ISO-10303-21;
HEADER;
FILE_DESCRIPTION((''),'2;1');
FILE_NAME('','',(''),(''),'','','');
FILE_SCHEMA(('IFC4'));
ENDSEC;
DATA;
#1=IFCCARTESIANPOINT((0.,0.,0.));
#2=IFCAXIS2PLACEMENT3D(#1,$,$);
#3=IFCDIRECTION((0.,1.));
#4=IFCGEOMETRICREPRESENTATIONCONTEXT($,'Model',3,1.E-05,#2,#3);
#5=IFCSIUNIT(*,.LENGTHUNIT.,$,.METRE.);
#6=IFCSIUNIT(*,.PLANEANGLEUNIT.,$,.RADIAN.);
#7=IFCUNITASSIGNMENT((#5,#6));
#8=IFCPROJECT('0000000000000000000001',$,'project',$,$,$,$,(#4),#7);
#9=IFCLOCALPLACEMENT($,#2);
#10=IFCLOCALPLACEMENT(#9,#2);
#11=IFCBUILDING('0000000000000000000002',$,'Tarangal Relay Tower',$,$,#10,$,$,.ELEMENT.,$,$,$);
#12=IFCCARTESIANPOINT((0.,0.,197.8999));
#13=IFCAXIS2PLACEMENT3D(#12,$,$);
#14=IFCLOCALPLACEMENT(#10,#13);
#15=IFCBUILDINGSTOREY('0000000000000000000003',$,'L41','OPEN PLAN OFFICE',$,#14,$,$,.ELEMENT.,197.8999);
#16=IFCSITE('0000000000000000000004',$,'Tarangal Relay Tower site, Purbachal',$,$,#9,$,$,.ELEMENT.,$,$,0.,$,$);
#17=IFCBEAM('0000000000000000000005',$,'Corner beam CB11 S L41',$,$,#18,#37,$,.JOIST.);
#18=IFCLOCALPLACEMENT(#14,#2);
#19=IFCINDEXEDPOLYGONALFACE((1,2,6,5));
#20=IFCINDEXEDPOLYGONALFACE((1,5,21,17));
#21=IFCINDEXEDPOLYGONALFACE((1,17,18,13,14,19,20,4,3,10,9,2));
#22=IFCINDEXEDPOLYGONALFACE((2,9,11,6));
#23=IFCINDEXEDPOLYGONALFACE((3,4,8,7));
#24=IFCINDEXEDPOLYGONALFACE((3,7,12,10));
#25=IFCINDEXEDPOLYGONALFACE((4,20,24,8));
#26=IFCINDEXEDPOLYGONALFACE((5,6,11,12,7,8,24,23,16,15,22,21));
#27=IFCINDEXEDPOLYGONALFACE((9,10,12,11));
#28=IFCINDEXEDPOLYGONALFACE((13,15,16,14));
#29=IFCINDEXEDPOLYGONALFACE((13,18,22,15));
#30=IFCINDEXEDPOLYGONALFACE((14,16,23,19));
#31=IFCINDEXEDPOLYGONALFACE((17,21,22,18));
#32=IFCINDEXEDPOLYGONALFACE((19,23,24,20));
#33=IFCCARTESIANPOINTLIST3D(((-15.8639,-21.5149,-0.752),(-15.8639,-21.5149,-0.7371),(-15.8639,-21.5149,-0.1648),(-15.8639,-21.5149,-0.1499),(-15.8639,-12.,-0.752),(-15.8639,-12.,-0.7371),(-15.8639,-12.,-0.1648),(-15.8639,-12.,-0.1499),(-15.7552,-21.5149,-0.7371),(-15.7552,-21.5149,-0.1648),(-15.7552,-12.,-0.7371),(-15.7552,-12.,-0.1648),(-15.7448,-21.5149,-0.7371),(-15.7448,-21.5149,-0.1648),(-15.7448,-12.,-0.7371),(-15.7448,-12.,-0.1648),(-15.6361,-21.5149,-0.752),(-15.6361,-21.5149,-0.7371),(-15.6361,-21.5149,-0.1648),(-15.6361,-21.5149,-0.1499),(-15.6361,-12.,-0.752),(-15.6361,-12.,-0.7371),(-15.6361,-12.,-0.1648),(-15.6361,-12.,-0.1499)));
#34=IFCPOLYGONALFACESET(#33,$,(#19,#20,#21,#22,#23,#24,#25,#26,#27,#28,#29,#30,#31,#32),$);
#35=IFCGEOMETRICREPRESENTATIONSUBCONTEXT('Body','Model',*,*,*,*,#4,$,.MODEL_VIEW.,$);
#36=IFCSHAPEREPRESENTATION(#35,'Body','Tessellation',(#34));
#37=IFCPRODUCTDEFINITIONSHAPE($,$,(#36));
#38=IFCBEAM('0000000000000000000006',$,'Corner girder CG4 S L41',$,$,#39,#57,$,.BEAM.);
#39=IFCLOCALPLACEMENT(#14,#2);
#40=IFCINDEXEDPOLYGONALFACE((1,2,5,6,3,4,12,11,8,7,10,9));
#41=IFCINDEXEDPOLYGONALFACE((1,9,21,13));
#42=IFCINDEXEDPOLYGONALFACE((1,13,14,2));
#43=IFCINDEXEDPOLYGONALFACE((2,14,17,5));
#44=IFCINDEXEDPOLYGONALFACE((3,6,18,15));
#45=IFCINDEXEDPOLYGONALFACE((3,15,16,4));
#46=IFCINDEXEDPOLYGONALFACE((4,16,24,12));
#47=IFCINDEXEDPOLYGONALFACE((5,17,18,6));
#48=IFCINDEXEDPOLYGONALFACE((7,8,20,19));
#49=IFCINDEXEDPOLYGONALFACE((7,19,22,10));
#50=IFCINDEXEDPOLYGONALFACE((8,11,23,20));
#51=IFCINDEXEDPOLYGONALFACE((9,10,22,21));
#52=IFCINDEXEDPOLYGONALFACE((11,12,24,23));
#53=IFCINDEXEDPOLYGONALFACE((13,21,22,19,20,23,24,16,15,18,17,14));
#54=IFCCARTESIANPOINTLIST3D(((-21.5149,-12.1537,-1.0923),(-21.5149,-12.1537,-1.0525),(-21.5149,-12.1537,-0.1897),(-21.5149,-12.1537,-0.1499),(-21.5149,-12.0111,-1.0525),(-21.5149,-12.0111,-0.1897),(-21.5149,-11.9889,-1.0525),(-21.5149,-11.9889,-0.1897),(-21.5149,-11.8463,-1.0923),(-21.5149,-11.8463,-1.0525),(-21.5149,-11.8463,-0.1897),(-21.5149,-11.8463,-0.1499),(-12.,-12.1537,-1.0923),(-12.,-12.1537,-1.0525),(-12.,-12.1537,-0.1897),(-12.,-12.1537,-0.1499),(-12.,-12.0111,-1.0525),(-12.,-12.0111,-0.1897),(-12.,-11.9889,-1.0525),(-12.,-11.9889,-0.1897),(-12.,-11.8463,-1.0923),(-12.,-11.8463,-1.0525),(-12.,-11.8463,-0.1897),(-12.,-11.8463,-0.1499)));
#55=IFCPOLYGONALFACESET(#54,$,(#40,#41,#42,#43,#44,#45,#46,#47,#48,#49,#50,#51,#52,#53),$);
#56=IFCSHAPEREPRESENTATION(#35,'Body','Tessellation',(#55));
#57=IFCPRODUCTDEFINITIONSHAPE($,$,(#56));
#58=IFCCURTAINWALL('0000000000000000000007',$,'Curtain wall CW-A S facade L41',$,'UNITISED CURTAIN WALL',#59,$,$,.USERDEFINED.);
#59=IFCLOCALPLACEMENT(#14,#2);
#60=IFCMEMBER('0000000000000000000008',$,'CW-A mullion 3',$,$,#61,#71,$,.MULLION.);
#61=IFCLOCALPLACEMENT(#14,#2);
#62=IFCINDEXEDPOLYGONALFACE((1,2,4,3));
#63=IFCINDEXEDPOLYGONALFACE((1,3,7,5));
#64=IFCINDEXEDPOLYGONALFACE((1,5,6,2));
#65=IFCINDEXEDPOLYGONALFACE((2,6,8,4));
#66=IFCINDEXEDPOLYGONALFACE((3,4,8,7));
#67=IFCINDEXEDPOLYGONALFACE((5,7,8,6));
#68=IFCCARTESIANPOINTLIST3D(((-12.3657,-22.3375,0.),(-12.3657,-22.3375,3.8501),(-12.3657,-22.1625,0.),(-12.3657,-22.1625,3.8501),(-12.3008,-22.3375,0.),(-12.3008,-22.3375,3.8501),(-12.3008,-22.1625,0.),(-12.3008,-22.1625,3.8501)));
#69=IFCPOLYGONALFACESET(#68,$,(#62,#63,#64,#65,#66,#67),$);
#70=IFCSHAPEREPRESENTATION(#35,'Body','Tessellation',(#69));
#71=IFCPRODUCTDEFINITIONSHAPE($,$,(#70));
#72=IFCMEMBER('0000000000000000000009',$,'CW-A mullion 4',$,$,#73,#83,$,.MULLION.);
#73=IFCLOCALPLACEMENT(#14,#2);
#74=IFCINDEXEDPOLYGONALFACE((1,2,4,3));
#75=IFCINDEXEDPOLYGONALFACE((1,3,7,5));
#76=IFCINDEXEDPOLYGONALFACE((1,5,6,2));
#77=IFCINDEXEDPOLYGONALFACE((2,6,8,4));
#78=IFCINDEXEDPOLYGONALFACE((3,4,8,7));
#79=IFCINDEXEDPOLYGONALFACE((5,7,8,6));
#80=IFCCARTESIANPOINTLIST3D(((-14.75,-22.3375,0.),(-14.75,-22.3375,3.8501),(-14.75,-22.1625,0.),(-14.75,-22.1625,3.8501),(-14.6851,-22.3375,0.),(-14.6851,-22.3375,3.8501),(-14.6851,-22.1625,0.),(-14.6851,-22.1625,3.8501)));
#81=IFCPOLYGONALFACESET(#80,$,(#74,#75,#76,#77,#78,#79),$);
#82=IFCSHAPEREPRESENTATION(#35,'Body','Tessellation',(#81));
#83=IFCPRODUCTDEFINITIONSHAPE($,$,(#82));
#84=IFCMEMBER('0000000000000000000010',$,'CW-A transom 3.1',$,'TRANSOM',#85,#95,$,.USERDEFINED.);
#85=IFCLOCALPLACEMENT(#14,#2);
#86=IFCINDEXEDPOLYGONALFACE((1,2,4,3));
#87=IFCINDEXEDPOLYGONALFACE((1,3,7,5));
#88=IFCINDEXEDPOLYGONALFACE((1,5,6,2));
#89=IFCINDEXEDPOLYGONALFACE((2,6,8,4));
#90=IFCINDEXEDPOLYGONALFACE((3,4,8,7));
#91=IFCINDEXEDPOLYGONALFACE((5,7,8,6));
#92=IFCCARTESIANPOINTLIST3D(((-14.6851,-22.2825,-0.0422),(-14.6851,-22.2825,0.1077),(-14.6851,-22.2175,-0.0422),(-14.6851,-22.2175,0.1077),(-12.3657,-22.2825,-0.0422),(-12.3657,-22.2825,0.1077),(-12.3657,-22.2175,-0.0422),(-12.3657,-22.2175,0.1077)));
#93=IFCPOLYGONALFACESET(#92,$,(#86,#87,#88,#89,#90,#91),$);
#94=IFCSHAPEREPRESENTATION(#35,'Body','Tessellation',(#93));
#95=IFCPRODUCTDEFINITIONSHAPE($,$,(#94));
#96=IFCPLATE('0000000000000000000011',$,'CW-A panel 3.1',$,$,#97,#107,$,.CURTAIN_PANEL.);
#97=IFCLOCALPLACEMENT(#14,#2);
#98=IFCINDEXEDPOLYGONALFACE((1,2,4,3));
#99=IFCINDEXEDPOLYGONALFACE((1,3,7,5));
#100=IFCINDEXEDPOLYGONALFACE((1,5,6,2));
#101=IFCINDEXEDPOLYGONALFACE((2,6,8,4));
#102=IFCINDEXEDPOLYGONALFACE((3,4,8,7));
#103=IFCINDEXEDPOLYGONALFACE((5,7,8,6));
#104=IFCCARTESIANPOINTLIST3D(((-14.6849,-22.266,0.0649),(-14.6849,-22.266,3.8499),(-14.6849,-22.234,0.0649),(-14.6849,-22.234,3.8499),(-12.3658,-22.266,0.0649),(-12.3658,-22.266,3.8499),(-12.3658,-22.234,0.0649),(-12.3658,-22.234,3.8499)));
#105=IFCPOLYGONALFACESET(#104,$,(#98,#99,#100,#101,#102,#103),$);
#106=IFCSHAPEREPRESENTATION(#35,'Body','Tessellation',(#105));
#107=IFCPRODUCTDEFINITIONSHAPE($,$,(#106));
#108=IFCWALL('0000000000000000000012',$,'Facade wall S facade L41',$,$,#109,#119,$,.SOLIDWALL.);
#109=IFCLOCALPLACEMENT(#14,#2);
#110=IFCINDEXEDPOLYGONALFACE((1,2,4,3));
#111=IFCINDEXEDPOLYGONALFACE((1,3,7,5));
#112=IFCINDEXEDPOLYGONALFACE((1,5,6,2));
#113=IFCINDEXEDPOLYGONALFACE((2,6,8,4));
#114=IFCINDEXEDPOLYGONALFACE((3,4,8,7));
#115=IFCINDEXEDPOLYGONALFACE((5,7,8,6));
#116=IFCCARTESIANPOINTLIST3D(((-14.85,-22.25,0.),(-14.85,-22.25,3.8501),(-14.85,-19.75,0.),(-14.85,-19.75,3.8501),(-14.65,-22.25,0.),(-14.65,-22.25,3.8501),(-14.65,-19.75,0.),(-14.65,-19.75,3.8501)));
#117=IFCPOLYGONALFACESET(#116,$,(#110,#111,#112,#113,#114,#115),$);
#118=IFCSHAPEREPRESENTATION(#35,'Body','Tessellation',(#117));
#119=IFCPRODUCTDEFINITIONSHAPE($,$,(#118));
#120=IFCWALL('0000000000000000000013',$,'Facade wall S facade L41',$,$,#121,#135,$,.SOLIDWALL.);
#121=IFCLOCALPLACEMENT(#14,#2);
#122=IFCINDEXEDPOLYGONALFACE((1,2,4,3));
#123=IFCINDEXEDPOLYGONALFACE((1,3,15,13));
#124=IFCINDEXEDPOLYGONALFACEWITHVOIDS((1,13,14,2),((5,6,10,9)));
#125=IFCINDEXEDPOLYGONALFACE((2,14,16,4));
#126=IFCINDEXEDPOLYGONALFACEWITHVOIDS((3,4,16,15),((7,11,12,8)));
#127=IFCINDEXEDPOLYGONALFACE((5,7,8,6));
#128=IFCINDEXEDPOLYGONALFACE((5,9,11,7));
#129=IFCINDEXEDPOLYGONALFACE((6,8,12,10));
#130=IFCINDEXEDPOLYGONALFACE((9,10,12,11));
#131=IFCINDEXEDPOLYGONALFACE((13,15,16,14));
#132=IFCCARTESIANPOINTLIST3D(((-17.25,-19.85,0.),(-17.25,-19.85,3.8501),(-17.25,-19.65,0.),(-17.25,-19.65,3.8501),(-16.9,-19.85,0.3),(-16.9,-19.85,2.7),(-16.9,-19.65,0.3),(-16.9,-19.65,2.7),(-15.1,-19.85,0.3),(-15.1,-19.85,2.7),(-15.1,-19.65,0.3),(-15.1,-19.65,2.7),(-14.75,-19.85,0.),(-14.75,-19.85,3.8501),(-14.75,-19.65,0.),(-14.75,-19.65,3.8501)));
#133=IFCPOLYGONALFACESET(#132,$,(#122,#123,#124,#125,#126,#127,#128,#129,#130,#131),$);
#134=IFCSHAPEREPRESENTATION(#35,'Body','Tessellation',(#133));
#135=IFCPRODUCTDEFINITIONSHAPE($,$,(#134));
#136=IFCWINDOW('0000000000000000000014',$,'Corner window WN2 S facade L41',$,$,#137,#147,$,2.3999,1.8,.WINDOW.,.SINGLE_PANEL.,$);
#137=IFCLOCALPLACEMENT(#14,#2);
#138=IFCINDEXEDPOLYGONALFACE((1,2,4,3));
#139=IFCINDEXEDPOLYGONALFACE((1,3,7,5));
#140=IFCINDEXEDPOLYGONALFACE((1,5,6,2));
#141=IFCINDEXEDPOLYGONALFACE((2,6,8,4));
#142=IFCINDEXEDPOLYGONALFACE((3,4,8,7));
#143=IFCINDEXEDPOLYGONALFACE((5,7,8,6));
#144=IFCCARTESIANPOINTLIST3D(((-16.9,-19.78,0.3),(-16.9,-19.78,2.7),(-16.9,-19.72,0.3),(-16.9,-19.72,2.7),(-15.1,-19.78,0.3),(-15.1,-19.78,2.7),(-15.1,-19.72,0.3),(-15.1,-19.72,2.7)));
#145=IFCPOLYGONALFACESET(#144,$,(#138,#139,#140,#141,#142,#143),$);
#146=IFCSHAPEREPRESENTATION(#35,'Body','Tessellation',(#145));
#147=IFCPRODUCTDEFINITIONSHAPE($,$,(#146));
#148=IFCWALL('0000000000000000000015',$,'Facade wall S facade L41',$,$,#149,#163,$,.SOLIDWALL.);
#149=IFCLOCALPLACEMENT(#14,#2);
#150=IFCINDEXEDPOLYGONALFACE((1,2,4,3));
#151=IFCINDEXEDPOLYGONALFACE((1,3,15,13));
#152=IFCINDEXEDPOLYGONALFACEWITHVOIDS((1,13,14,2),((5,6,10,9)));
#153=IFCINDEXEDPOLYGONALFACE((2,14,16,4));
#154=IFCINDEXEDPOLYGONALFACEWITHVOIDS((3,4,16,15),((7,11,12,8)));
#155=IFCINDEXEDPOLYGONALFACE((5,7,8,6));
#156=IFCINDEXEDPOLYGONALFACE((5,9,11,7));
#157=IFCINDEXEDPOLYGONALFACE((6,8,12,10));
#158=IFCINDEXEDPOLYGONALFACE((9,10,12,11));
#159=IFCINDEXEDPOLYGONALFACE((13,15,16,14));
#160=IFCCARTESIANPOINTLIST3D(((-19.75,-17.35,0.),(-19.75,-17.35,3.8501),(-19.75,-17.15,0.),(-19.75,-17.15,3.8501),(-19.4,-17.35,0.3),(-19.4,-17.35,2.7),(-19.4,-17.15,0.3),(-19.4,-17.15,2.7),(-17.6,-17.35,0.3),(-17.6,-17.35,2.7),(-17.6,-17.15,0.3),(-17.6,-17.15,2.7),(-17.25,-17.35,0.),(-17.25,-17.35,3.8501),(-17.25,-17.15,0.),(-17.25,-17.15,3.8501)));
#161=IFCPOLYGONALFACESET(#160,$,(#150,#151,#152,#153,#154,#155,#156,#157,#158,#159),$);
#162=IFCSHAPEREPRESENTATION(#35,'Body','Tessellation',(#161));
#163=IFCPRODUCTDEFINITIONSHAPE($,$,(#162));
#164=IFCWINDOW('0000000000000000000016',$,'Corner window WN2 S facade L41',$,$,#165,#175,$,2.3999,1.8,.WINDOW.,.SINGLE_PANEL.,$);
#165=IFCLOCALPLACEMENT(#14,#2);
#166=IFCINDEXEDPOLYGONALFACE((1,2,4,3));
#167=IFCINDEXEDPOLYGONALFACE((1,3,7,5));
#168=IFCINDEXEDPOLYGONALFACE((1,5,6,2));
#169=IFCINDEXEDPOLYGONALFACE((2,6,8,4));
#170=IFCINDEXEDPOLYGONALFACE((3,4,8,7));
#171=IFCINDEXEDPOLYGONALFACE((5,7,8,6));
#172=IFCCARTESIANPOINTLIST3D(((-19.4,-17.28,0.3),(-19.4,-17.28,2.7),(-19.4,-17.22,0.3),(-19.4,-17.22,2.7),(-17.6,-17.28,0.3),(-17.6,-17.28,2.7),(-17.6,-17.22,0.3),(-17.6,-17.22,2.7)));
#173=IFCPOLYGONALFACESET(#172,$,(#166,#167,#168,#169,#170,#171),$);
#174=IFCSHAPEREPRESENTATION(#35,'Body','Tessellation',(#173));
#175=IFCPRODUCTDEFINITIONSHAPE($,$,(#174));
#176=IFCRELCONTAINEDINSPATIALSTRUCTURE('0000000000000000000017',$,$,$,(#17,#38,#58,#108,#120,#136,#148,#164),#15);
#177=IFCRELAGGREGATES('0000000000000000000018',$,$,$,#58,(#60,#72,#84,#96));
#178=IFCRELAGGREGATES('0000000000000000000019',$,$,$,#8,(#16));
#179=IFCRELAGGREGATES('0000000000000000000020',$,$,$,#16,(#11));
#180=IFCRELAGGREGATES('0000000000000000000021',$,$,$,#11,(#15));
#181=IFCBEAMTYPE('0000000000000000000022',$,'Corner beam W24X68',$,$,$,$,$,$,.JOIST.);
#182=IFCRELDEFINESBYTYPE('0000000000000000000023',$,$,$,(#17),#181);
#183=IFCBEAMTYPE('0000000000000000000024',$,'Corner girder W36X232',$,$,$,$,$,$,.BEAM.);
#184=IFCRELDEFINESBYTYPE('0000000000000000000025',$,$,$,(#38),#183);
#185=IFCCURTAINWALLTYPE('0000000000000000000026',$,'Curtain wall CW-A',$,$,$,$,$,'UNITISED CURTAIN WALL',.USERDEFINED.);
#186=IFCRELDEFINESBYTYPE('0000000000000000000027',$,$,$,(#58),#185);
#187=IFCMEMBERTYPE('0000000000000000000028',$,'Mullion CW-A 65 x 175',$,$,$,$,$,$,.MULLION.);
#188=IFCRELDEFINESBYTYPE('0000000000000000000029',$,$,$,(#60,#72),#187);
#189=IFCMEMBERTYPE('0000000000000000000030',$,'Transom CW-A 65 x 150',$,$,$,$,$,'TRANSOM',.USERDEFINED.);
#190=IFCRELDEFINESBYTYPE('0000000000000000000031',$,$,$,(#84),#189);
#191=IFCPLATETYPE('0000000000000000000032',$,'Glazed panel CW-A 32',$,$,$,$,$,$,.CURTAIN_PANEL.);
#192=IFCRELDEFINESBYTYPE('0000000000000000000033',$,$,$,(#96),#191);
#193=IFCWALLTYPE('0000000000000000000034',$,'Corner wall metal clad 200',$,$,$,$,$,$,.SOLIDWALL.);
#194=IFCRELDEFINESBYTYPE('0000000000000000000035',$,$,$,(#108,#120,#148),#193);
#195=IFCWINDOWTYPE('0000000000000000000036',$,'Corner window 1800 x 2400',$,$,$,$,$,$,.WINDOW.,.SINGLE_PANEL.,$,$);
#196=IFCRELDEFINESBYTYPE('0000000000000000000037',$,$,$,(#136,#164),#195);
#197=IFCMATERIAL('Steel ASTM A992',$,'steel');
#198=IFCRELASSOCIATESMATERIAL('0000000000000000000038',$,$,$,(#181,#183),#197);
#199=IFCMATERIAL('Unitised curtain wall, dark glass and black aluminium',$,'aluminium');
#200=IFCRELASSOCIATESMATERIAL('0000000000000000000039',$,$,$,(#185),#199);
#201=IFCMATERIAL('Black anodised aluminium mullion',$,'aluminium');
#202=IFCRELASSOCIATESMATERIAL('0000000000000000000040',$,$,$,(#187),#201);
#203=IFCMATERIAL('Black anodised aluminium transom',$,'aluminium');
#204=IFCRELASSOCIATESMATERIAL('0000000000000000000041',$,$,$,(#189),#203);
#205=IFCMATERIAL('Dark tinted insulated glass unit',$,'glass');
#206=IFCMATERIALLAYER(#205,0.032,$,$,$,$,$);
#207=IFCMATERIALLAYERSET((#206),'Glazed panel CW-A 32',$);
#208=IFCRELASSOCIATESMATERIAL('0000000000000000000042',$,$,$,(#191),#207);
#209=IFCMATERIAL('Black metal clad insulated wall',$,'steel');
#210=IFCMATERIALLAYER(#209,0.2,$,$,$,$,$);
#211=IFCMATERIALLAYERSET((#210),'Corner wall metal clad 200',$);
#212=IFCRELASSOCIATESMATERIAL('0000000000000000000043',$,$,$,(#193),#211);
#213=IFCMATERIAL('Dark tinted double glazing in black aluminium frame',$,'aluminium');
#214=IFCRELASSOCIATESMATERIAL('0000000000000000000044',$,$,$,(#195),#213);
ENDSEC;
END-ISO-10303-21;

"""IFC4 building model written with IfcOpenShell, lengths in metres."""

from ifc_helpers import new_model, si_unit, direction, frame, frame_2d, origin, origin_2d, place, context, subcontext, project, spatial, rectangle, i_section, extrude, material, layer, layer_set, material_profile, profile_set, type_object, element, fill, aggregate, save


model = new_model("IFC4")

# Units and contexts
model_context = context("Model", 3, precision=1e-05, world=origin(), true_north=direction((0.0, 1.0)))
body_context = subcontext(model_context, "Body", "Model", "MODEL_VIEW")
ifc_project = project(units=[si_unit("LENGTHUNIT", "METRE"), si_unit("PLANEANGLEUNIT", "RADIAN")], contexts=[model_context])

# Site, building, storey
site_placement = place(None, origin())
site = spatial("IfcSite", under=ifc_project, at=site_placement, Name="Tarangal Relay Tower site, Purbachal", CompositionType="ELEMENT", RefElevation=0.0)
building_placement = place(site_placement, origin())
building = spatial("IfcBuilding", under=site, at=building_placement, Name="Tarangal Relay Tower", CompositionType="ELEMENT")
storey_placement = place(building_placement, frame((0.0, 0.0, 197.8999)))
storey = spatial("IfcBuildingStorey", under=building, at=storey_placement, Name="L41", Description="OPEN PLAN OFFICE", CompositionType="ELEMENT", Elevation=197.8999)

# Beams
ifc_material_1 = material(Name="Steel ASTM A992", Category="steel")
ifc_material_profile_1 = material_profile(ifc_material_1, i_section(OverallWidth=0.2278, OverallDepth=0.6021, WebThickness=0.0105, FlangeThickness=0.0149, at=origin_2d()), Name="W24X68")
ifc_profile_set_1 = profile_set([ifc_material_profile_1], Name="Steel ASTM A992")
beam_type_1 = type_object("IfcBeamType", Name="Corner beam W24X68", PredefinedType="JOIST", material=ifc_profile_set_1)
beam_1_placement = place(storey_placement, frame((-15.75, -12.0, -0.4509), z_axis=(0.0, -1.0, 0.0), x_axis=(1.0, 0.0, 0.0)))
element("IfcBeam", 1, at=beam_1_placement, inside=storey, type_object=beam_type_1, Name="Corner beam CB11 S L41", PredefinedType="JOIST", context=body_context, shape_type="SweptSolid", body=[
    extrude(i_section(OverallWidth=0.2278, OverallDepth=0.6021, WebThickness=0.0105, FlangeThickness=0.0149, at=origin_2d()), origin(), (0.0, 0.0, 1.0), 9.5149),
])
ifc_material_profile_2 = material_profile(ifc_material_1, i_section(OverallWidth=0.3074, OverallDepth=0.9424, WebThickness=0.0222, FlangeThickness=0.0398, at=origin_2d()), Name="W36X232")
ifc_profile_set_2 = profile_set([ifc_material_profile_2], Name="Steel ASTM A992")
beam_type_2 = type_object("IfcBeamType", Name="Corner girder W36X232", PredefinedType="BEAM", material=ifc_profile_set_2)
beam_2_placement = place(storey_placement, frame((-12.0, -12.0, -0.6211), z_axis=(-1.0, 0.0, 0.0), x_axis=(0.0, -1.0, 0.0)))
element("IfcBeam", 2, at=beam_2_placement, inside=storey, type_object=beam_type_2, Name="Corner girder CG4 S L41", PredefinedType="BEAM", context=body_context, shape_type="SweptSolid", body=[
    extrude(i_section(OverallWidth=0.3074, OverallDepth=0.9424, WebThickness=0.0222, FlangeThickness=0.0398, at=origin_2d()), origin(), (0.0, 0.0, 1.0), 9.5149),
])

# Curtain wall, members, plate
ifc_material_2 = material(Name="Unitised curtain wall, dark glass and black aluminium", Category="aluminium")
curtain_wall_type = type_object("IfcCurtainWallType", Name="Curtain wall CW-A", ElementType="UNITISED CURTAIN WALL", PredefinedType="USERDEFINED", material=ifc_material_2)
curtain_wall_placement = place(storey_placement, origin())
curtain_wall = element("IfcCurtainWall", 3, at=curtain_wall_placement, inside=storey, type_object=curtain_wall_type, Name="Curtain wall CW-A S facade L41", ObjectType="UNITISED CURTAIN WALL", PredefinedType="USERDEFINED")
ifc_material_3 = material(Name="Black anodised aluminium mullion", Category="aluminium")
ifc_material_profile_3 = material_profile(ifc_material_3, rectangle(XDim=0.175, YDim=0.0649, at=origin_2d()), Name="CW-AM 65X175")
ifc_profile_set_3 = profile_set([ifc_material_profile_3], Name="Black anodised aluminium mullion")
member_type_1 = type_object("IfcMemberType", Name="Mullion CW-A 65 x 175", PredefinedType="MULLION", material=ifc_profile_set_3)
member_1_placement = place(storey_placement, frame((-12.3333, -22.25, 0.0), z_axis=(0.0, 0.0, 1.0), x_axis=(0.0, -1.0, 0.0)))
member_1 = element("IfcMember", 4, at=member_1_placement, type_object=member_type_1, Name="CW-A mullion 3", PredefinedType="MULLION", context=body_context, shape_type="SweptSolid", body=[
    extrude(rectangle(XDim=0.175, YDim=0.0649, at=origin_2d()), origin(), (0.0, 0.0, 1.0), 3.8501),
])
member_2_placement = place(storey_placement, frame((-14.7175, -22.25, 0.0), z_axis=(0.0, 0.0, 1.0), x_axis=(0.0, -1.0, 0.0)))
member_2 = element("IfcMember", 5, at=member_2_placement, type_object=member_type_1, Name="CW-A mullion 4", PredefinedType="MULLION", context=body_context, shape_type="SweptSolid", body=[
    extrude(rectangle(XDim=0.175, YDim=0.0649, at=origin_2d()), origin(), (0.0, 0.0, 1.0), 3.8501),
])
ifc_material_4 = material(Name="Black anodised aluminium transom", Category="aluminium")
ifc_material_profile_4 = material_profile(ifc_material_4, rectangle(XDim=0.0649, YDim=0.1499, at=origin_2d()), Name="CW-AT 65X150")
ifc_profile_set_4 = profile_set([ifc_material_profile_4], Name="Black anodised aluminium transom")
member_type_2 = type_object("IfcMemberType", Name="Transom CW-A 65 x 150", ElementType="TRANSOM", PredefinedType="USERDEFINED", material=ifc_profile_set_4)
member_3_placement = place(storey_placement, frame((-12.3657, -22.25, 0.0327), z_axis=(-1.0, 0.0, 0.0), x_axis=(0.0, -1.0, 0.0)))
member_3 = element("IfcMember", 6, at=member_3_placement, type_object=member_type_2, Name="CW-A transom 3.1", ObjectType="TRANSOM", PredefinedType="USERDEFINED", context=body_context, shape_type="SweptSolid", body=[
    extrude(rectangle(XDim=0.0649, YDim=0.1499, at=origin_2d()), origin(), (0.0, 0.0, 1.0), 2.3193),
])
ifc_material_5 = material(Name="Dark tinted insulated glass unit", Category="glass")
ifc_layer_1 = layer(ifc_material_5, 0.032)
ifc_layer_set_1 = layer_set([ifc_layer_1], Name="Glazed panel CW-A 32")
plate_type = type_object("IfcPlateType", Name="Glazed panel CW-A 32", PredefinedType="CURTAIN_PANEL", material=ifc_layer_set_1)
plate_placement = place(storey_placement, frame((-13.5254, -22.25, 0.0649), z_axis=(0.0, 0.0, 1.0), x_axis=(-1.0, 0.0, 0.0)))
plate = element("IfcPlate", 7, at=plate_placement, type_object=plate_type, Name="CW-A panel 3.1", PredefinedType="CURTAIN_PANEL", context=body_context, shape_type="SweptSolid", body=[
    extrude(rectangle(XDim=2.3191, YDim=0.032, at=origin_2d()), origin(), (0.0, 0.0, 1.0), 3.7849),
])
aggregate(curtain_wall, [member_1, member_2, member_3, plate])

# Wall
ifc_material_6 = material(Name="Black metal clad insulated wall", Category="steel")
ifc_layer_2 = layer(ifc_material_6, 0.2)
ifc_layer_set_2 = layer_set([ifc_layer_2], Name="Corner wall metal clad 200")
wall_type_1 = type_object("IfcWallType", Name="Corner wall metal clad 200", PredefinedType="SOLIDWALL", material=ifc_layer_set_2)
wall_1_placement = place(storey_placement, frame((-14.75, -22.25, 0.0), z_axis=(0.0, 0.0, 1.0), x_axis=(0.0, 1.0, 0.0)))
element("IfcWall", 8, at=wall_1_placement, inside=storey, type_object=wall_type_1, Name="Facade wall S facade L41", PredefinedType="SOLIDWALL", context=body_context, shape_type="SweptSolid", body=[
    extrude(rectangle(XDim=2.5, YDim=0.2, at=frame_2d((1.25, 0.0))), origin(), (0.0, 0.0, 1.0), 3.8501),
])

# Wall, opening, window
wall_2_placement = place(storey_placement, frame((-14.75, -19.75, 0.0), z_axis=(0.0, 0.0, 1.0), x_axis=(-1.0, 0.0, 0.0)))
wall_2 = element("IfcWall", 9, at=wall_2_placement, inside=storey, type_object=wall_type_1, Name="Facade wall S facade L41", PredefinedType="SOLIDWALL", context=body_context, shape_type="SweptSolid", body=[
    extrude(rectangle(XDim=2.5, YDim=0.2, at=frame_2d((1.25, 0.0))), origin(), (0.0, 0.0, 1.0), 3.8501),
])
opening_1_placement = place(wall_2_placement, frame((0.3501, 0.0, 0.3)))
opening_1 = element("IfcOpeningElement", 10, at=opening_1_placement, cuts=wall_2, PredefinedType="OPENING", context=body_context, shape_type="SweptSolid", body=[
    extrude(rectangle(XDim=1.8, YDim=2.3999, at=frame_2d((0.8999, 1.2))), frame((0.0, 0.1099, 0.0), z_axis=(0.0, -1.0, 0.0), x_axis=(1.0, 0.0, 0.0)), (0.0, 0.0, 1.0), 0.22),
])
ifc_material_7 = material(Name="Dark tinted double glazing in black aluminium frame", Category="aluminium")
window_type = type_object("IfcWindowType", Name="Corner window 1800 x 2400", PartitioningType="SINGLE_PANEL", PredefinedType="WINDOW", material=ifc_material_7)
window_1_placement = place(opening_1_placement, origin())
window_1 = element("IfcWindow", 11, at=window_1_placement, inside=storey, type_object=window_type, Name="Corner window WN2 S facade L41", OverallHeight=2.3999, OverallWidth=1.8, PartitioningType="SINGLE_PANEL", PredefinedType="WINDOW", context=body_context, shape_type="SweptSolid", body=[
    extrude(rectangle(XDim=1.8, YDim=2.3999, at=frame_2d((0.8999, 1.2))), frame((0.0, 0.03, 0.0), z_axis=(0.0, -1.0, 0.0), x_axis=(1.0, 0.0, 0.0)), (0.0, 0.0, 1.0), 0.0601),
])
fill(opening_1, window_1)

# Wall, opening, window
wall_3_placement = place(storey_placement, frame((-17.25, -17.25, 0.0), z_axis=(0.0, 0.0, 1.0), x_axis=(-1.0, 0.0, 0.0)))
wall_3 = element("IfcWall", 12, at=wall_3_placement, inside=storey, type_object=wall_type_1, Name="Facade wall S facade L41", PredefinedType="SOLIDWALL", context=body_context, shape_type="SweptSolid", body=[
    extrude(rectangle(XDim=2.5, YDim=0.2, at=frame_2d((1.25, 0.0))), origin(), (0.0, 0.0, 1.0), 3.8501),
])
opening_2_placement = place(wall_3_placement, frame((0.3501, 0.0, 0.3)))
opening_2 = element("IfcOpeningElement", 13, at=opening_2_placement, cuts=wall_3, PredefinedType="OPENING", context=body_context, shape_type="SweptSolid", body=[
    extrude(rectangle(XDim=1.8, YDim=2.3999, at=frame_2d((0.8999, 1.2))), frame((0.0, 0.1099, 0.0), z_axis=(0.0, -1.0, 0.0), x_axis=(1.0, 0.0, 0.0)), (0.0, 0.0, 1.0), 0.22),
])
window_2_placement = place(opening_2_placement, origin())
window_2 = element("IfcWindow", 14, at=window_2_placement, inside=storey, type_object=window_type, Name="Corner window WN2 S facade L41", OverallHeight=2.3999, OverallWidth=1.8, PartitioningType="SINGLE_PANEL", PredefinedType="WINDOW", context=body_context, shape_type="SweptSolid", body=[
    extrude(rectangle(XDim=1.8, YDim=2.3999, at=frame_2d((0.8999, 1.2))), frame((0.0, 0.03, 0.0), z_axis=(0.0, -1.0, 0.0), x_axis=(1.0, 0.0, 0.0)), (0.0, 0.0, 1.0), 0.0601),
])
fill(opening_2, window_2)

save(model, "model.ifc")
